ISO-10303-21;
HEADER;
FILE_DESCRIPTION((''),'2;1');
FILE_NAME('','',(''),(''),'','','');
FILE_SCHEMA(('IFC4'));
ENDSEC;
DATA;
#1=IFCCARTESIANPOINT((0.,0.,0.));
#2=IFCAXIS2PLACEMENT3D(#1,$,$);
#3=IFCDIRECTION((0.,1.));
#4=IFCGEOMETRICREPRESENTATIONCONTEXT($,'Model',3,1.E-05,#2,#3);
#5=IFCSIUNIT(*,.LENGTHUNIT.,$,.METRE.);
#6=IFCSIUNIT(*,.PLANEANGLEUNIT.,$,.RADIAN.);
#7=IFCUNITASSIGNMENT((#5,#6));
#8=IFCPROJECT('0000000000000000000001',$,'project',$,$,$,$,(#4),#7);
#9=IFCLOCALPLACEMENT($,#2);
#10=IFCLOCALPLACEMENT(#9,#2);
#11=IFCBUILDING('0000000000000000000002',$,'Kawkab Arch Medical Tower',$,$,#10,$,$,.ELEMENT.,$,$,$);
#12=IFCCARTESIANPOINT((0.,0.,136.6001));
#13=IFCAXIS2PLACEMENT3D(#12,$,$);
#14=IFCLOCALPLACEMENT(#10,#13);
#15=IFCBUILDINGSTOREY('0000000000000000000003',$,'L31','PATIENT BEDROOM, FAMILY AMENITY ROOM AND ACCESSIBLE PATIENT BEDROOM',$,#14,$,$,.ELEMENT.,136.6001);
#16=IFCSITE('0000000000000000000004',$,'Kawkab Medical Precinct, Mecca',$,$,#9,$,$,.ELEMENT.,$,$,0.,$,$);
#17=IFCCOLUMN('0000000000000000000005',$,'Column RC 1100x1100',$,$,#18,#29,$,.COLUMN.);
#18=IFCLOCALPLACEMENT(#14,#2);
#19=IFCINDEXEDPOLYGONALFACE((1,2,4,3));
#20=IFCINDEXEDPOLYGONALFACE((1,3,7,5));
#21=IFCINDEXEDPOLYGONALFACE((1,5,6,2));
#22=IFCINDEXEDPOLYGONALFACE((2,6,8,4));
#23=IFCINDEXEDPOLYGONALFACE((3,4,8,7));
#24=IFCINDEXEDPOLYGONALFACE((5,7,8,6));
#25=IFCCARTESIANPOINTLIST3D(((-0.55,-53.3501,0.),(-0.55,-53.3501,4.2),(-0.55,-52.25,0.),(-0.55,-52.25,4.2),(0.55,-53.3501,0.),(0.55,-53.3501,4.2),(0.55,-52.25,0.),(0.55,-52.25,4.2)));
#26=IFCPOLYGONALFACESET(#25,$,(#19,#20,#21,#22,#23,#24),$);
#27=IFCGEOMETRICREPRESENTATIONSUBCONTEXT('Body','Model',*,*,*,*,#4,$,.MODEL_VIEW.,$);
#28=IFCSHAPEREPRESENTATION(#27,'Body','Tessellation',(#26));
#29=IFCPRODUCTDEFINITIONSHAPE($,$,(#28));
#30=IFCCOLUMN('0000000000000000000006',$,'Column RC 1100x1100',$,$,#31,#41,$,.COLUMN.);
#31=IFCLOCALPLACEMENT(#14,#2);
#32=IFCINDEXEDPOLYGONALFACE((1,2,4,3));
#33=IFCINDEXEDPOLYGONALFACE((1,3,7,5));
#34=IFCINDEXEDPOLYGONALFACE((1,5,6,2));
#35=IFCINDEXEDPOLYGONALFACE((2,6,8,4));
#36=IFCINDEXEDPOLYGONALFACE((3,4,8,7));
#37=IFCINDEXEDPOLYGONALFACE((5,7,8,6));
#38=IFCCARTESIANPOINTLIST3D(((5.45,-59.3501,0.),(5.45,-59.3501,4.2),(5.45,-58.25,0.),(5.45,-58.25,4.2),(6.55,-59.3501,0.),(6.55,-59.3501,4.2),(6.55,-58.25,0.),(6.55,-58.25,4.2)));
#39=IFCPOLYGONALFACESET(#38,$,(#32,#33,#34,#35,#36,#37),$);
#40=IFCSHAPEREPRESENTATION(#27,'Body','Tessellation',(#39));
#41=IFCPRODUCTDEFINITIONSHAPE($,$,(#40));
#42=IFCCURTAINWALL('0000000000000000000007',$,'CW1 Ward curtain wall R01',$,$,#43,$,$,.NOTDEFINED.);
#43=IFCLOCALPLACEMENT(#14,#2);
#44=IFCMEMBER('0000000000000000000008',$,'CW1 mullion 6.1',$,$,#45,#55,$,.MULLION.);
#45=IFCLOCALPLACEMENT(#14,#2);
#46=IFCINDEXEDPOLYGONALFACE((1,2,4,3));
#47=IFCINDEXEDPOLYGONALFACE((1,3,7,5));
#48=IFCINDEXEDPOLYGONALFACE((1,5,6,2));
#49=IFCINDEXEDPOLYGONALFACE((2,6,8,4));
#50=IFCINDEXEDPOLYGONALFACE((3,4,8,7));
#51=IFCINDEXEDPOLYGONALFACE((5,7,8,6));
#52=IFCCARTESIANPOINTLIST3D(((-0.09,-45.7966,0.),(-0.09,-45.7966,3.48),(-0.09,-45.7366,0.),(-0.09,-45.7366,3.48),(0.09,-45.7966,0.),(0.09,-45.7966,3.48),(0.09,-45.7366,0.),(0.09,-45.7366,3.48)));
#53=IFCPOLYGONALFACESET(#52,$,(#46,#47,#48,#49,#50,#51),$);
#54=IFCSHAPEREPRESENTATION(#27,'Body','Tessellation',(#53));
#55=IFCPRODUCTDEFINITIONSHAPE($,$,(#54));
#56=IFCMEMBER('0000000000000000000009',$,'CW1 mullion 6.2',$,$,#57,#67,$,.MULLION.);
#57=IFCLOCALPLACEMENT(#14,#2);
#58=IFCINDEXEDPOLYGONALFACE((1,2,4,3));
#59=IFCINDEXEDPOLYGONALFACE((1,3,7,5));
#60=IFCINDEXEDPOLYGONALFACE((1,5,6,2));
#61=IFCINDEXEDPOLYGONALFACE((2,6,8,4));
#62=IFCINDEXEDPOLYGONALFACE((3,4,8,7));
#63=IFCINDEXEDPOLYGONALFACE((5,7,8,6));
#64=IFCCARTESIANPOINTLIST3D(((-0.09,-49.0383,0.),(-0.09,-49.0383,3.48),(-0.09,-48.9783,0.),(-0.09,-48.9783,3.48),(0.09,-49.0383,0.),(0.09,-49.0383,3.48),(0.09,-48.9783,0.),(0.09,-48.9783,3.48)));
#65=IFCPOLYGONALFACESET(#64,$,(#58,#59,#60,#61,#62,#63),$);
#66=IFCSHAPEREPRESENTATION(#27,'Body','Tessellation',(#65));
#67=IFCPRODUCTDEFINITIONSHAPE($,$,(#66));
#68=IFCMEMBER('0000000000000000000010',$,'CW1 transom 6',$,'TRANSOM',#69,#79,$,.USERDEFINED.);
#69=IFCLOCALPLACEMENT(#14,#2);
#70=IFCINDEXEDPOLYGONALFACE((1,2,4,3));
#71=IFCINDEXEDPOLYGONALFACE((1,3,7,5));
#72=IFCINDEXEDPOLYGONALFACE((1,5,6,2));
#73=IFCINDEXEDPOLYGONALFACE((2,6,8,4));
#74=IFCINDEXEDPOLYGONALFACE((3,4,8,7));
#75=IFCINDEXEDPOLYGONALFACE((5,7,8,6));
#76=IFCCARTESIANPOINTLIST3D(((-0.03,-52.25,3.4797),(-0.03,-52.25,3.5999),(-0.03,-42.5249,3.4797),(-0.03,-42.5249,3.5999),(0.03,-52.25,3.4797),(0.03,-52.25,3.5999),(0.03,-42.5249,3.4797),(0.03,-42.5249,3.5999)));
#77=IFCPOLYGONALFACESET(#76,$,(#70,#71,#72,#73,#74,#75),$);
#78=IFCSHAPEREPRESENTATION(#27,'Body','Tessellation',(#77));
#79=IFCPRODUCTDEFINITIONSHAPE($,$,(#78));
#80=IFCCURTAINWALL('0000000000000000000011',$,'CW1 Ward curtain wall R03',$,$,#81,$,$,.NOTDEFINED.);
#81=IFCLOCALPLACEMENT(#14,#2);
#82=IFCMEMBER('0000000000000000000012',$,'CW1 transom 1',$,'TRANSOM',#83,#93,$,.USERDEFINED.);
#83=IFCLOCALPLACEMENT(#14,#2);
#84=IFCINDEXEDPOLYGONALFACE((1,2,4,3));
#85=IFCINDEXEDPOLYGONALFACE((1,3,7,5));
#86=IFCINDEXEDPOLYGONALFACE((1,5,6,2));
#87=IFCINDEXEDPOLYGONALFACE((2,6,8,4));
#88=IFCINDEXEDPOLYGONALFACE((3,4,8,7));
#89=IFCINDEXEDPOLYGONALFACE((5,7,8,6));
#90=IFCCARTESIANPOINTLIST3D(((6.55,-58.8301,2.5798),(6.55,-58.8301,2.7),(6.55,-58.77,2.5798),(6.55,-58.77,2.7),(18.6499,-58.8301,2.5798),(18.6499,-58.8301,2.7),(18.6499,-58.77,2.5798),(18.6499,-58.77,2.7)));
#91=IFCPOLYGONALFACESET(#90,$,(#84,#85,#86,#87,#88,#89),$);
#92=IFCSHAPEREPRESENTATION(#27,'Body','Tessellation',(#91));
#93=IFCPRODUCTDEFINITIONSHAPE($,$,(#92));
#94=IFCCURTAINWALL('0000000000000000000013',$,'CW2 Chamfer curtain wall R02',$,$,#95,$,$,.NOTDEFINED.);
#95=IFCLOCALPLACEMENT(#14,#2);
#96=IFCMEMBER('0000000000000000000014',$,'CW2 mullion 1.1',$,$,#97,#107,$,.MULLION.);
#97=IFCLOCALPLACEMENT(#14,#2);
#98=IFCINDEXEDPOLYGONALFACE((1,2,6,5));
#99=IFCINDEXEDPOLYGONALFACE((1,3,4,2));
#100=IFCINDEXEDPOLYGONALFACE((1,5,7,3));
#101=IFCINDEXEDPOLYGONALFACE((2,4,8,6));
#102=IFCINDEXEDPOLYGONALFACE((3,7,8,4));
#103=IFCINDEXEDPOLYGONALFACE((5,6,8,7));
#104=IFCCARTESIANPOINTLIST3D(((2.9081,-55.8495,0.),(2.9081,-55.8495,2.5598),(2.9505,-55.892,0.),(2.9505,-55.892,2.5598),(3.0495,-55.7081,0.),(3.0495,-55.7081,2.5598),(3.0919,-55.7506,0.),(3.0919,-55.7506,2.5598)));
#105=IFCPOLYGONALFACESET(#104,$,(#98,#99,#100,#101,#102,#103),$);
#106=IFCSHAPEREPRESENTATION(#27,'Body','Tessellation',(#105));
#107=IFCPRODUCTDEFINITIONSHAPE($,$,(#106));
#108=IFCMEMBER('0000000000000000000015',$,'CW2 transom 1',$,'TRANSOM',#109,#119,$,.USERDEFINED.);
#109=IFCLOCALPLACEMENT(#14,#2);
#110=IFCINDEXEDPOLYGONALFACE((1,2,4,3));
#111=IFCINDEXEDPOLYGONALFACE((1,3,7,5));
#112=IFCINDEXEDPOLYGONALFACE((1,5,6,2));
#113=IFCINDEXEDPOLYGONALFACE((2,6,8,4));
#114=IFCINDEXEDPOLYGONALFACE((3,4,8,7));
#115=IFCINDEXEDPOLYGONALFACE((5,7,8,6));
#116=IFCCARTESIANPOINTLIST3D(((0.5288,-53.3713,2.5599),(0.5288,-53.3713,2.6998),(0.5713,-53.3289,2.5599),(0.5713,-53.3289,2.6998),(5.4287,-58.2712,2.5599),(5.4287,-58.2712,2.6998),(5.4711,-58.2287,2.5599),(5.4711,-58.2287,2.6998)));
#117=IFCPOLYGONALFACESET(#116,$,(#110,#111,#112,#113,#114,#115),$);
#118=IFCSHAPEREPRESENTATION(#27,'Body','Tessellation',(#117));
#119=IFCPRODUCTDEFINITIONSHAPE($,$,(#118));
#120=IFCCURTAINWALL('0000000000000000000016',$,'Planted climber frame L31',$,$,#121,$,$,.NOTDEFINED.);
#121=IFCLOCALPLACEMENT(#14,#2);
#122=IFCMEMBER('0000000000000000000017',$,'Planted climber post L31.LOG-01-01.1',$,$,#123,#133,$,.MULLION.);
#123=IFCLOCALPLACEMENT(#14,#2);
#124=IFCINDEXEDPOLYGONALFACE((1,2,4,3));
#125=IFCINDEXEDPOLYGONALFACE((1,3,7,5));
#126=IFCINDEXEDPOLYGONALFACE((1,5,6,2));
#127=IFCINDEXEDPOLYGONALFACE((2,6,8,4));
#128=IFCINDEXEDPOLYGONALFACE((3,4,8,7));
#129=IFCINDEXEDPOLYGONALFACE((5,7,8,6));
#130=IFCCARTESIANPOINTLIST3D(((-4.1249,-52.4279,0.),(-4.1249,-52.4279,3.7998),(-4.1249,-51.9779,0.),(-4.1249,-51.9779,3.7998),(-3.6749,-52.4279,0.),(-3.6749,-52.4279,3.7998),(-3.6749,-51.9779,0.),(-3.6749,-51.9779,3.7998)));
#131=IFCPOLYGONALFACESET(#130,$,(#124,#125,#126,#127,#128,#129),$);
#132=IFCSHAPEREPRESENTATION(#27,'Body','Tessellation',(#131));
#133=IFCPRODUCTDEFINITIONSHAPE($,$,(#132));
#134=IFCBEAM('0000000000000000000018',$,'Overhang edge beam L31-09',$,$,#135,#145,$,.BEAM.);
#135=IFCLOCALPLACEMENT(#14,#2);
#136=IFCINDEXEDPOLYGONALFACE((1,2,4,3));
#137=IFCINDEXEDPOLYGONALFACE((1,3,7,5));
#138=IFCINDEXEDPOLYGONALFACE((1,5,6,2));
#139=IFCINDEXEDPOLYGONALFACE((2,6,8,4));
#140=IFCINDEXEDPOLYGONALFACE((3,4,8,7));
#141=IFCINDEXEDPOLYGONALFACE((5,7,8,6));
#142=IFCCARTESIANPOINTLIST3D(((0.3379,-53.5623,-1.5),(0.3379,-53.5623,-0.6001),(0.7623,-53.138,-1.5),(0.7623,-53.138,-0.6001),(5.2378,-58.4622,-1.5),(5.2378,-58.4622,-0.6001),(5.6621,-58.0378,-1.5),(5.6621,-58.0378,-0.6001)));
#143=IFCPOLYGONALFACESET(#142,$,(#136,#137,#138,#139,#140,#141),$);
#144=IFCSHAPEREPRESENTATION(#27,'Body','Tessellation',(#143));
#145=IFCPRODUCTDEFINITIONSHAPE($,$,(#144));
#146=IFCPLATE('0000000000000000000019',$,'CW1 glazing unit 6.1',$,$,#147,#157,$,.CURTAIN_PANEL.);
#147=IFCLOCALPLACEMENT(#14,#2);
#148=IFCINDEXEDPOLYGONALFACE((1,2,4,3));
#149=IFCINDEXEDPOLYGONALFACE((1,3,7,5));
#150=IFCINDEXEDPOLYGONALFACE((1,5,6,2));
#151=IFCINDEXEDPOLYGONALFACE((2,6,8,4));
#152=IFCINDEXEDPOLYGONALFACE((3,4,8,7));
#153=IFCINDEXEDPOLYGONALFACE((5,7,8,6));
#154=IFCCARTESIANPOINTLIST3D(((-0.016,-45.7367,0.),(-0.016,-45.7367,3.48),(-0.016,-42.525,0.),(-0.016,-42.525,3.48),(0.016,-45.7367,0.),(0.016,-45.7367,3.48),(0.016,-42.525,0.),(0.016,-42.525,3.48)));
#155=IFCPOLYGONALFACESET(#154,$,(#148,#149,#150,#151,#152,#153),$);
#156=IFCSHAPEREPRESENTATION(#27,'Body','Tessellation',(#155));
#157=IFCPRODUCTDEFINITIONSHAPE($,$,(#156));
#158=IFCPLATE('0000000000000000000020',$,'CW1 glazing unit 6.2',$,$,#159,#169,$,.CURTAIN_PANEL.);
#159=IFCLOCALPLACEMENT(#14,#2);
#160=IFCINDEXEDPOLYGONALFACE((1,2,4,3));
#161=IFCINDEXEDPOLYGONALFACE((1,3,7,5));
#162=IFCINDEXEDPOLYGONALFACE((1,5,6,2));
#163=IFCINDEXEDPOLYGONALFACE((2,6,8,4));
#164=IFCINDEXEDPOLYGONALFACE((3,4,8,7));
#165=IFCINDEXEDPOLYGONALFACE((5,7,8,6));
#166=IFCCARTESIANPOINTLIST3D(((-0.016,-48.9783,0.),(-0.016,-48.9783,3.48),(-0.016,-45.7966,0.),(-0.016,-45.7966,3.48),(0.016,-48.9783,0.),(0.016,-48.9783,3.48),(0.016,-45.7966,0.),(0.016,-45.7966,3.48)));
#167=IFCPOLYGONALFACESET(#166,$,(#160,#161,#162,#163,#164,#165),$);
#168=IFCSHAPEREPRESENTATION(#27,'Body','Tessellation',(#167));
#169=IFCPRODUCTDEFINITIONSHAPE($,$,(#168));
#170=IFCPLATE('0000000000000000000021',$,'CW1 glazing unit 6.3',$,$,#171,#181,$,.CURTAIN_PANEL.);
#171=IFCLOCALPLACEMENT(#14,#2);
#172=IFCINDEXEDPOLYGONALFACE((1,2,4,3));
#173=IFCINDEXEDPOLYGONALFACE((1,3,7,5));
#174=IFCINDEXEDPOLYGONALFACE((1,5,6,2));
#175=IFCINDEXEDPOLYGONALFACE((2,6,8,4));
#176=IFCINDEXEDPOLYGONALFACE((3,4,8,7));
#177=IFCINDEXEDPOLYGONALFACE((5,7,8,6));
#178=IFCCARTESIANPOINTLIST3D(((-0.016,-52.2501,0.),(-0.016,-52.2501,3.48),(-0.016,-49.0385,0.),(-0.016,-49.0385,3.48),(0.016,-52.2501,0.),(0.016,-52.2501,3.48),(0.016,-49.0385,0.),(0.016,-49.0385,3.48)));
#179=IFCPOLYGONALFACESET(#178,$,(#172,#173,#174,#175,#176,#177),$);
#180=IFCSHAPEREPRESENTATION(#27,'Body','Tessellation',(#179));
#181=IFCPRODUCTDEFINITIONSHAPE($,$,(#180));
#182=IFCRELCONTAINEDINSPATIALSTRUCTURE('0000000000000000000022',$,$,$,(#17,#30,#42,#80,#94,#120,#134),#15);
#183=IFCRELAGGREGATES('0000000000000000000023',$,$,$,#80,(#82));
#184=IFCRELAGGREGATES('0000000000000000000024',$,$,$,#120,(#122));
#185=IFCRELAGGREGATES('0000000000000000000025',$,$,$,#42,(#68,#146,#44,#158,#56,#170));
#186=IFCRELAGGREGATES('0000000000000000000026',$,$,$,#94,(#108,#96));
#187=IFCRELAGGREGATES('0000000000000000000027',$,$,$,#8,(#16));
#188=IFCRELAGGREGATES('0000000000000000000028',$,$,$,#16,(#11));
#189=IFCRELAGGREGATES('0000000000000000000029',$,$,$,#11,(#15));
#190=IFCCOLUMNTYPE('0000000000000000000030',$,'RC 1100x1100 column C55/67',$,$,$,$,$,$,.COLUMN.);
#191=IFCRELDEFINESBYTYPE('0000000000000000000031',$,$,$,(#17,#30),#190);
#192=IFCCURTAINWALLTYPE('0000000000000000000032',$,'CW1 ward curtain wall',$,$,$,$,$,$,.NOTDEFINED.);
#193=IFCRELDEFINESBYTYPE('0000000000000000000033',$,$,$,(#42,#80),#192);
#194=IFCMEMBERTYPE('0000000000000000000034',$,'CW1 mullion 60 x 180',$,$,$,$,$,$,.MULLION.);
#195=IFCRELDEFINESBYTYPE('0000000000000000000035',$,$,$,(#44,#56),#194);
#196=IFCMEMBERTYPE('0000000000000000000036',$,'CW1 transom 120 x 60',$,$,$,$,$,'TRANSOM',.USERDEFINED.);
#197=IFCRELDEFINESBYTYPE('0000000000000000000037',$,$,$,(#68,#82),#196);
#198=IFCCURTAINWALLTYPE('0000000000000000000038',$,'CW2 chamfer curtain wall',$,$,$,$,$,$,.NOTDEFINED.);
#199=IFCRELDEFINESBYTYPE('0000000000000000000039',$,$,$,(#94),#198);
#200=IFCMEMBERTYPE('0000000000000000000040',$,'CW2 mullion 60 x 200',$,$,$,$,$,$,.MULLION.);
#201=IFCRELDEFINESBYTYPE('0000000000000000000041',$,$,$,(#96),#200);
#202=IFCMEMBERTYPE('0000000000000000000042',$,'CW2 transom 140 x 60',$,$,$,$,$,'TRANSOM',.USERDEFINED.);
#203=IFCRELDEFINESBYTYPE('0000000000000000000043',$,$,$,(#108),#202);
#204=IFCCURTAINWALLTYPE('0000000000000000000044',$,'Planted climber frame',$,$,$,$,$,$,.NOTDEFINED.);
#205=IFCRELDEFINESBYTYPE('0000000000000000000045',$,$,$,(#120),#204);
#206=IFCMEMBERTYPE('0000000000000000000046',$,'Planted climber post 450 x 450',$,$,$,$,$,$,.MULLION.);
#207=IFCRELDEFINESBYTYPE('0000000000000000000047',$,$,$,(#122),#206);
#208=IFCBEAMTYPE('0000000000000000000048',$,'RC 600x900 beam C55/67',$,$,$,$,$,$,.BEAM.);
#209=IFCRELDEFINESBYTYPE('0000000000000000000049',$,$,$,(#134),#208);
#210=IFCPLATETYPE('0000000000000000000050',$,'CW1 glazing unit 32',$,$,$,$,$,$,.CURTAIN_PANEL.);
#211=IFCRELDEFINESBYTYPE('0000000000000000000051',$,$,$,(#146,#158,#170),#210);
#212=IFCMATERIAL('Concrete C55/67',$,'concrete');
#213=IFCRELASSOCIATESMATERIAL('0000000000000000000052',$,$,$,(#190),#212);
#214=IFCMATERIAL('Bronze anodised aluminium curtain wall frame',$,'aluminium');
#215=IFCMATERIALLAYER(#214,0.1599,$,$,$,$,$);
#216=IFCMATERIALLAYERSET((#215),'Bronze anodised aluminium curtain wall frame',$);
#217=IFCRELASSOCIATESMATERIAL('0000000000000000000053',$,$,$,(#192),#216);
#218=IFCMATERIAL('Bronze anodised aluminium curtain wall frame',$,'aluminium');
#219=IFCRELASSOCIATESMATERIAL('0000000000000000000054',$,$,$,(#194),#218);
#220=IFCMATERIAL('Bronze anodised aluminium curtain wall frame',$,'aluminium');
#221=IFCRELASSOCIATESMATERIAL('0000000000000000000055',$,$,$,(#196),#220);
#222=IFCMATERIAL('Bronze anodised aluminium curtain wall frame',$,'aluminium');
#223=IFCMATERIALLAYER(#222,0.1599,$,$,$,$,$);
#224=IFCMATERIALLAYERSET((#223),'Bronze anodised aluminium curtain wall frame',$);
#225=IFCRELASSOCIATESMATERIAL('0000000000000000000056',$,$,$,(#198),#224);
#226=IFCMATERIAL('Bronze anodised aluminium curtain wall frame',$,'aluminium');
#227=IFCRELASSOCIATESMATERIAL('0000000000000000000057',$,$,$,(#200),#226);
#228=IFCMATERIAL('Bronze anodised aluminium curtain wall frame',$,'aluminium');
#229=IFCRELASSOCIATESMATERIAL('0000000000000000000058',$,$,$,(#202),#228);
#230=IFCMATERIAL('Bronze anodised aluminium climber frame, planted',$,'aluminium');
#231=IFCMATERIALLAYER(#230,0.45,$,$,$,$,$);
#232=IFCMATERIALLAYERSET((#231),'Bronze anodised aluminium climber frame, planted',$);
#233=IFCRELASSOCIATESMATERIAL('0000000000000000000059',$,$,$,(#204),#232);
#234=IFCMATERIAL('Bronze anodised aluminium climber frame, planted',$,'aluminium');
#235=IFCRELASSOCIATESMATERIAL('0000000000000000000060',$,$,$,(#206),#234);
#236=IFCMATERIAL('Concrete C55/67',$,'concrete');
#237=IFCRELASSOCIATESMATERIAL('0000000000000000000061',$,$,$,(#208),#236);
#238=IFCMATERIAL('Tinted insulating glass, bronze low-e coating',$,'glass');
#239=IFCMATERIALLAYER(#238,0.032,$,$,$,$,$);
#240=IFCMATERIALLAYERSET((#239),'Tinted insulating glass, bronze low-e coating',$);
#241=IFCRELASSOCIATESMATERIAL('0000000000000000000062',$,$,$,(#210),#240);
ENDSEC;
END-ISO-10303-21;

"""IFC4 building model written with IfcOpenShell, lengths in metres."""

from ifc_helpers import new_model, si_unit, direction, frame, origin, origin_2d, place, context, subcontext, project, spatial, rectangle, extrude, material, layer, layer_set, material_profile, profile_set, type_object, element, aggregate, save


model = new_model("IFC4")

# Units and contexts
model_context = context("Model", 3, precision=1e-05, world=origin(), true_north=direction((0.0, 1.0)))
body_context = subcontext(model_context, "Body", "Model", "MODEL_VIEW")
ifc_project = project(units=[si_unit("LENGTHUNIT", "METRE"), si_unit("PLANEANGLEUNIT", "RADIAN")], contexts=[model_context])

# Site, building, storey
site_placement = place(None, origin())
site = spatial("IfcSite", under=ifc_project, at=site_placement, Name="Kawkab Medical Precinct, Mecca", CompositionType="ELEMENT", RefElevation=0.0)
building_placement = place(site_placement, origin())
building = spatial("IfcBuilding", under=site, at=building_placement, Name="Kawkab Arch Medical Tower", CompositionType="ELEMENT")
storey_placement = place(building_placement, frame((0.0, 0.0, 136.6001)))
storey = spatial("IfcBuildingStorey", under=building, at=storey_placement, Name="L31", Description="PATIENT BEDROOM, FAMILY AMENITY ROOM AND ACCESSIBLE PATIENT BEDROOM", CompositionType="ELEMENT", Elevation=136.6001)

# Columns
ifc_material_1 = material(Name="Concrete C55/67", Category="concrete")
ifc_material_profile_1 = material_profile(ifc_material_1, rectangle(XDim=1.1001, YDim=1.1001, at=origin_2d()), Name="RC 1100x1100")
ifc_profile_set_1 = profile_set([ifc_material_profile_1], Name="Concrete C55/67")
column_type = type_object("IfcColumnType", Name="RC 1100x1100 column C55/67", PredefinedType="COLUMN", material=ifc_profile_set_1)
for number, where, z_axis, x_axis, name in (
    (1, (0.0, -52.8, 0.0), (0.0, 0.0, 1.0), (1.0, 0.0, 0.0), "Column RC 1100x1100"),
    (2, (6.0, -58.8, 0.0), (0.0, 0.0, 1.0), (1.0, 0.0, 0.0), "Column RC 1100x1100"),
):
    element("IfcColumn", number, at=place(storey_placement, frame(where, z_axis=z_axis, x_axis=x_axis)), inside=storey, type_object=column_type, Name=name, PredefinedType="COLUMN", context=body_context, shape_type="SweptSolid", body=[
        extrude(rectangle(XDim=1.1001, YDim=1.1001, at=origin_2d()), origin(), (0.0, 0.0, 1.0), 4.2),
    ])

# Curtain wall, members
ifc_material_2 = material(Name="Bronze anodised aluminium curtain wall frame", Category="aluminium")
ifc_layer_1 = layer(ifc_material_2, 0.1599)
ifc_layer_set_1 = layer_set([ifc_layer_1], Name="Bronze anodised aluminium curtain wall frame")
curtain_wall_type_1 = type_object("IfcCurtainWallType", Name="CW1 ward curtain wall", PredefinedType="NOTDEFINED", material=ifc_layer_set_1)
placement = place(storey_placement, origin())
curtain_wall_1 = element("IfcCurtainWall", 3, at=placement, inside=storey, type_object=curtain_wall_type_1, Name="CW1 Ward curtain wall R01", PredefinedType="NOTDEFINED")
ifc_material_3 = material(Name="Bronze anodised aluminium curtain wall frame", Category="aluminium")
ifc_material_profile_2 = material_profile(ifc_material_3, rectangle(XDim=0.1799, YDim=0.0601, at=origin_2d()), Name="AL 60x180")
ifc_profile_set_2 = profile_set([ifc_material_profile_2], Name="Bronze anodised aluminium curtain wall frame")
member_type_1 = type_object("IfcMemberType", Name="CW1 mullion 60 x 180", PredefinedType="MULLION", material=ifc_profile_set_2)
member_1_placement = place(storey_placement, frame((0.0, -45.7666, 0.0), z_axis=(0.0, 0.0, 1.0), x_axis=(1.0, 0.0, 0.0)))
member_1 = element("IfcMember", 4, at=member_1_placement, type_object=member_type_1, Name="CW1 mullion 6.1", PredefinedType="MULLION", context=body_context, shape_type="SweptSolid", body=[
    extrude(rectangle(XDim=0.1799, YDim=0.0601, at=origin_2d()), origin(), (0.0, 0.0, 1.0), 3.48),
])
member_2_placement = place(storey_placement, frame((0.0, -49.0083, 0.0), z_axis=(0.0, 0.0, 1.0), x_axis=(1.0, 0.0, 0.0)))
member_2 = element("IfcMember", 5, at=member_2_placement, type_object=member_type_1, Name="CW1 mullion 6.2", PredefinedType="MULLION", context=body_context, shape_type="SweptSolid", body=[
    extrude(rectangle(XDim=0.1799, YDim=0.0601, at=origin_2d()), origin(), (0.0, 0.0, 1.0), 3.48),
])
ifc_material_4 = material(Name="Bronze anodised aluminium curtain wall frame", Category="aluminium")
ifc_material_profile_3 = material_profile(ifc_material_4, rectangle(XDim=0.0601, YDim=0.1201, at=origin_2d()), Name="AL 60x120")
ifc_profile_set_3 = profile_set([ifc_material_profile_3], Name="Bronze anodised aluminium curtain wall frame")
member_type_2 = type_object("IfcMemberType", Name="CW1 transom 120 x 60", ElementType="TRANSOM", PredefinedType="USERDEFINED", material=ifc_profile_set_3)
member_3_placement = place(storey_placement, frame((0.0, -42.5249, 3.5398), z_axis=(0.0, -1.0, 0.0), x_axis=(1.0, 0.0, 0.0)))
member_3 = element("IfcMember", 6, at=member_3_placement, type_object=member_type_2, Name="CW1 transom 6", ObjectType="TRANSOM", PredefinedType="USERDEFINED", context=body_context, shape_type="SweptSolid", body=[
    extrude(rectangle(XDim=0.0601, YDim=0.1201, at=origin_2d()), origin(), (0.0, 0.0, 1.0), 9.7251),
])

# Curtain wall, member
curtain_wall_2 = element("IfcCurtainWall", 7, at=placement, inside=storey, type_object=curtain_wall_type_1, Name="CW1 Ward curtain wall R03", PredefinedType="NOTDEFINED")
member_4_placement = place(storey_placement, frame((6.55, -58.8, 2.6399), z_axis=(1.0, 0.0, 0.0), x_axis=(0.0, 1.0, 0.0)))
member_4 = element("IfcMember", 8, at=member_4_placement, type_object=member_type_2, Name="CW1 transom 1", ObjectType="TRANSOM", PredefinedType="USERDEFINED", context=body_context, shape_type="SweptSolid", body=[
    extrude(rectangle(XDim=0.0601, YDim=0.1201, at=origin_2d()), origin(), (0.0, 0.0, 1.0), 12.0999),
])
aggregate(curtain_wall_2, [member_4])

# Curtain wall, members
ifc_material_5 = material(Name="Bronze anodised aluminium curtain wall frame", Category="aluminium")
ifc_layer_2 = layer(ifc_material_5, 0.1599)
ifc_layer_set_2 = layer_set([ifc_layer_2], Name="Bronze anodised aluminium curtain wall frame")
curtain_wall_type_2 = type_object("IfcCurtainWallType", Name="CW2 chamfer curtain wall", PredefinedType="NOTDEFINED", material=ifc_layer_set_2)
curtain_wall_3 = element("IfcCurtainWall", 9, at=placement, inside=storey, type_object=curtain_wall_type_2, Name="CW2 Chamfer curtain wall R02", PredefinedType="NOTDEFINED")
ifc_material_6 = material(Name="Bronze anodised aluminium curtain wall frame", Category="aluminium")
ifc_material_profile_4 = material_profile(ifc_material_6, rectangle(XDim=0.2, YDim=0.0601, at=origin_2d()), Name="AL 60x200")
ifc_profile_set_4 = profile_set([ifc_material_profile_4], Name="Bronze anodised aluminium curtain wall frame")
member_type_3 = type_object("IfcMemberType", Name="CW2 mullion 60 x 200", PredefinedType="MULLION", material=ifc_profile_set_4)
member_5_placement = place(storey_placement, frame((3.0, -55.8, 0.0), z_axis=(0.0, 0.0, 1.0), x_axis=(0.707107, 0.707107, 0.0)))
member_5 = element("IfcMember", 10, at=member_5_placement, type_object=member_type_3, Name="CW2 mullion 1.1", PredefinedType="MULLION", context=body_context, shape_type="SweptSolid", body=[
    extrude(rectangle(XDim=0.2, YDim=0.0601, at=origin_2d()), origin(), (0.0, 0.0, 1.0), 2.5598),
])
ifc_material_7 = material(Name="Bronze anodised aluminium curtain wall frame", Category="aluminium")
ifc_material_profile_5 = material_profile(ifc_material_7, rectangle(XDim=0.0601, YDim=0.1399, at=origin_2d()), Name="AL 60x140")
ifc_profile_set_5 = profile_set([ifc_material_profile_5], Name="Bronze anodised aluminium curtain wall frame")
member_type_4 = type_object("IfcMemberType", Name="CW2 transom 140 x 60", ElementType="TRANSOM", PredefinedType="USERDEFINED", material=ifc_profile_set_5)
member_6_placement = place(storey_placement, frame((0.55, -53.3501, 2.6299), z_axis=(0.707107, -0.707107, 0.0), x_axis=(0.707107, 0.707107, 0.0)))
member_6 = element("IfcMember", 11, at=member_6_placement, type_object=member_type_4, Name="CW2 transom 1", ObjectType="TRANSOM", PredefinedType="USERDEFINED", context=body_context, shape_type="SweptSolid", body=[
    extrude(rectangle(XDim=0.0601, YDim=0.1399, at=origin_2d()), origin(), (0.0, 0.0, 1.0), 6.9294),
])

# Curtain wall, member
ifc_material_8 = material(Name="Bronze anodised aluminium climber frame, planted", Category="aluminium")
ifc_layer_3 = layer(ifc_material_8, 0.45)
ifc_layer_set_3 = layer_set([ifc_layer_3], Name="Bronze anodised aluminium climber frame, planted")
curtain_wall_type_3 = type_object("IfcCurtainWallType", Name="Planted climber frame", PredefinedType="NOTDEFINED", material=ifc_layer_set_3)
curtain_wall_4 = element("IfcCurtainWall", 12, at=placement, inside=storey, type_object=curtain_wall_type_3, Name="Planted climber frame L31", PredefinedType="NOTDEFINED")
ifc_material_9 = material(Name="Bronze anodised aluminium climber frame, planted", Category="aluminium")
ifc_material_profile_6 = material_profile(ifc_material_9, rectangle(XDim=0.45, YDim=0.45, at=origin_2d()), Name="Post 450x450")
ifc_profile_set_6 = profile_set([ifc_material_profile_6], Name="Bronze anodised aluminium climber frame, planted")
member_type_5 = type_object("IfcMemberType", Name="Planted climber post 450 x 450", PredefinedType="MULLION", material=ifc_profile_set_6)
member_7_placement = place(storey_placement, frame((-3.8999, -52.2029, 0.0), z_axis=(0.0, 0.0, 1.0), x_axis=(1.0, 0.0, 0.0)))
member_7 = element("IfcMember", 13, at=member_7_placement, type_object=member_type_5, Name="Planted climber post L31.LOG-01-01.1", PredefinedType="MULLION", context=body_context, shape_type="SweptSolid", body=[
    extrude(rectangle(XDim=0.45, YDim=0.45, at=origin_2d()), origin(), (0.0, 0.0, 1.0), 3.7998),
])
aggregate(curtain_wall_4, [member_7])

# Beam
ifc_material_10 = material(Name="Concrete C55/67", Category="concrete")
ifc_material_profile_7 = material_profile(ifc_material_10, rectangle(XDim=0.6001, YDim=0.8999, at=origin_2d()), Name="RC 600x900")
ifc_profile_set_7 = profile_set([ifc_material_profile_7], Name="Concrete C55/67")
beam_type = type_object("IfcBeamType", Name="RC 600x900 beam C55/67", PredefinedType="BEAM", material=ifc_profile_set_7)
beam_placement = place(storey_placement, frame((5.45, -58.25, -1.05), z_axis=(-0.707107, 0.707107, 0.0), x_axis=(-0.707107, -0.707107, 0.0)))
element("IfcBeam", 14, at=beam_placement, inside=storey, type_object=beam_type, Name="Overhang edge beam L31-09", PredefinedType="BEAM", context=body_context, shape_type="SweptSolid", body=[
    extrude(rectangle(XDim=0.6001, YDim=0.8999, at=origin_2d()), origin(), (0.0, 0.0, 1.0), 6.9294),
])

# Plates
ifc_material_11 = material(Name="Tinted insulating glass, bronze low-e coating", Category="glass")
ifc_layer_4 = layer(ifc_material_11, 0.032)
ifc_layer_set_4 = layer_set([ifc_layer_4], Name="Tinted insulating glass, bronze low-e coating")
plate_type_1 = type_object("IfcPlateType", Name="CW1 glazing unit 32", PredefinedType="CURTAIN_PANEL", material=ifc_layer_set_4)
plate_1_placement = place(storey_placement, frame((0.0, -44.1309, 0.0), z_axis=(0.0, 0.0, 1.0), x_axis=(0.0, -1.0, 0.0)))
plate_1 = element("IfcPlate", 15, at=plate_1_placement, type_object=plate_type_1, Name="CW1 glazing unit 6.1", PredefinedType="CURTAIN_PANEL", context=body_context, shape_type="SweptSolid", body=[
    extrude(rectangle(XDim=3.2117, YDim=0.032, at=origin_2d()), origin(), (0.0, 0.0, 1.0), 3.48),
])
plate_2_placement = place(storey_placement, frame((0.0, -47.3875, 0.0), z_axis=(0.0, 0.0, 1.0), x_axis=(0.0, -1.0, 0.0)))
plate_2 = element("IfcPlate", 16, at=plate_2_placement, type_object=plate_type_1, Name="CW1 glazing unit 6.2", PredefinedType="CURTAIN_PANEL", context=body_context, shape_type="SweptSolid", body=[
    extrude(rectangle(XDim=3.1816, YDim=0.032, at=origin_2d()), origin(), (0.0, 0.0, 1.0), 3.48),
])
plate_3_placement = place(storey_placement, frame((0.0, -50.6443, 0.0), z_axis=(0.0, 0.0, 1.0), x_axis=(0.0, -1.0, 0.0)))
plate_3 = element("IfcPlate", 17, at=plate_3_placement, type_object=plate_type_1, Name="CW1 glazing unit 6.3", PredefinedType="CURTAIN_PANEL", context=body_context, shape_type="SweptSolid", body=[
    extrude(rectangle(XDim=3.2117, YDim=0.032, at=origin_2d()), origin(), (0.0, 0.0, 1.0), 3.48),
])
aggregate(curtain_wall_1, [member_3, plate_1, member_1, plate_2, member_2, plate_3])
aggregate(curtain_wall_3, [member_6, member_5])

save(model, "model.ifc")
